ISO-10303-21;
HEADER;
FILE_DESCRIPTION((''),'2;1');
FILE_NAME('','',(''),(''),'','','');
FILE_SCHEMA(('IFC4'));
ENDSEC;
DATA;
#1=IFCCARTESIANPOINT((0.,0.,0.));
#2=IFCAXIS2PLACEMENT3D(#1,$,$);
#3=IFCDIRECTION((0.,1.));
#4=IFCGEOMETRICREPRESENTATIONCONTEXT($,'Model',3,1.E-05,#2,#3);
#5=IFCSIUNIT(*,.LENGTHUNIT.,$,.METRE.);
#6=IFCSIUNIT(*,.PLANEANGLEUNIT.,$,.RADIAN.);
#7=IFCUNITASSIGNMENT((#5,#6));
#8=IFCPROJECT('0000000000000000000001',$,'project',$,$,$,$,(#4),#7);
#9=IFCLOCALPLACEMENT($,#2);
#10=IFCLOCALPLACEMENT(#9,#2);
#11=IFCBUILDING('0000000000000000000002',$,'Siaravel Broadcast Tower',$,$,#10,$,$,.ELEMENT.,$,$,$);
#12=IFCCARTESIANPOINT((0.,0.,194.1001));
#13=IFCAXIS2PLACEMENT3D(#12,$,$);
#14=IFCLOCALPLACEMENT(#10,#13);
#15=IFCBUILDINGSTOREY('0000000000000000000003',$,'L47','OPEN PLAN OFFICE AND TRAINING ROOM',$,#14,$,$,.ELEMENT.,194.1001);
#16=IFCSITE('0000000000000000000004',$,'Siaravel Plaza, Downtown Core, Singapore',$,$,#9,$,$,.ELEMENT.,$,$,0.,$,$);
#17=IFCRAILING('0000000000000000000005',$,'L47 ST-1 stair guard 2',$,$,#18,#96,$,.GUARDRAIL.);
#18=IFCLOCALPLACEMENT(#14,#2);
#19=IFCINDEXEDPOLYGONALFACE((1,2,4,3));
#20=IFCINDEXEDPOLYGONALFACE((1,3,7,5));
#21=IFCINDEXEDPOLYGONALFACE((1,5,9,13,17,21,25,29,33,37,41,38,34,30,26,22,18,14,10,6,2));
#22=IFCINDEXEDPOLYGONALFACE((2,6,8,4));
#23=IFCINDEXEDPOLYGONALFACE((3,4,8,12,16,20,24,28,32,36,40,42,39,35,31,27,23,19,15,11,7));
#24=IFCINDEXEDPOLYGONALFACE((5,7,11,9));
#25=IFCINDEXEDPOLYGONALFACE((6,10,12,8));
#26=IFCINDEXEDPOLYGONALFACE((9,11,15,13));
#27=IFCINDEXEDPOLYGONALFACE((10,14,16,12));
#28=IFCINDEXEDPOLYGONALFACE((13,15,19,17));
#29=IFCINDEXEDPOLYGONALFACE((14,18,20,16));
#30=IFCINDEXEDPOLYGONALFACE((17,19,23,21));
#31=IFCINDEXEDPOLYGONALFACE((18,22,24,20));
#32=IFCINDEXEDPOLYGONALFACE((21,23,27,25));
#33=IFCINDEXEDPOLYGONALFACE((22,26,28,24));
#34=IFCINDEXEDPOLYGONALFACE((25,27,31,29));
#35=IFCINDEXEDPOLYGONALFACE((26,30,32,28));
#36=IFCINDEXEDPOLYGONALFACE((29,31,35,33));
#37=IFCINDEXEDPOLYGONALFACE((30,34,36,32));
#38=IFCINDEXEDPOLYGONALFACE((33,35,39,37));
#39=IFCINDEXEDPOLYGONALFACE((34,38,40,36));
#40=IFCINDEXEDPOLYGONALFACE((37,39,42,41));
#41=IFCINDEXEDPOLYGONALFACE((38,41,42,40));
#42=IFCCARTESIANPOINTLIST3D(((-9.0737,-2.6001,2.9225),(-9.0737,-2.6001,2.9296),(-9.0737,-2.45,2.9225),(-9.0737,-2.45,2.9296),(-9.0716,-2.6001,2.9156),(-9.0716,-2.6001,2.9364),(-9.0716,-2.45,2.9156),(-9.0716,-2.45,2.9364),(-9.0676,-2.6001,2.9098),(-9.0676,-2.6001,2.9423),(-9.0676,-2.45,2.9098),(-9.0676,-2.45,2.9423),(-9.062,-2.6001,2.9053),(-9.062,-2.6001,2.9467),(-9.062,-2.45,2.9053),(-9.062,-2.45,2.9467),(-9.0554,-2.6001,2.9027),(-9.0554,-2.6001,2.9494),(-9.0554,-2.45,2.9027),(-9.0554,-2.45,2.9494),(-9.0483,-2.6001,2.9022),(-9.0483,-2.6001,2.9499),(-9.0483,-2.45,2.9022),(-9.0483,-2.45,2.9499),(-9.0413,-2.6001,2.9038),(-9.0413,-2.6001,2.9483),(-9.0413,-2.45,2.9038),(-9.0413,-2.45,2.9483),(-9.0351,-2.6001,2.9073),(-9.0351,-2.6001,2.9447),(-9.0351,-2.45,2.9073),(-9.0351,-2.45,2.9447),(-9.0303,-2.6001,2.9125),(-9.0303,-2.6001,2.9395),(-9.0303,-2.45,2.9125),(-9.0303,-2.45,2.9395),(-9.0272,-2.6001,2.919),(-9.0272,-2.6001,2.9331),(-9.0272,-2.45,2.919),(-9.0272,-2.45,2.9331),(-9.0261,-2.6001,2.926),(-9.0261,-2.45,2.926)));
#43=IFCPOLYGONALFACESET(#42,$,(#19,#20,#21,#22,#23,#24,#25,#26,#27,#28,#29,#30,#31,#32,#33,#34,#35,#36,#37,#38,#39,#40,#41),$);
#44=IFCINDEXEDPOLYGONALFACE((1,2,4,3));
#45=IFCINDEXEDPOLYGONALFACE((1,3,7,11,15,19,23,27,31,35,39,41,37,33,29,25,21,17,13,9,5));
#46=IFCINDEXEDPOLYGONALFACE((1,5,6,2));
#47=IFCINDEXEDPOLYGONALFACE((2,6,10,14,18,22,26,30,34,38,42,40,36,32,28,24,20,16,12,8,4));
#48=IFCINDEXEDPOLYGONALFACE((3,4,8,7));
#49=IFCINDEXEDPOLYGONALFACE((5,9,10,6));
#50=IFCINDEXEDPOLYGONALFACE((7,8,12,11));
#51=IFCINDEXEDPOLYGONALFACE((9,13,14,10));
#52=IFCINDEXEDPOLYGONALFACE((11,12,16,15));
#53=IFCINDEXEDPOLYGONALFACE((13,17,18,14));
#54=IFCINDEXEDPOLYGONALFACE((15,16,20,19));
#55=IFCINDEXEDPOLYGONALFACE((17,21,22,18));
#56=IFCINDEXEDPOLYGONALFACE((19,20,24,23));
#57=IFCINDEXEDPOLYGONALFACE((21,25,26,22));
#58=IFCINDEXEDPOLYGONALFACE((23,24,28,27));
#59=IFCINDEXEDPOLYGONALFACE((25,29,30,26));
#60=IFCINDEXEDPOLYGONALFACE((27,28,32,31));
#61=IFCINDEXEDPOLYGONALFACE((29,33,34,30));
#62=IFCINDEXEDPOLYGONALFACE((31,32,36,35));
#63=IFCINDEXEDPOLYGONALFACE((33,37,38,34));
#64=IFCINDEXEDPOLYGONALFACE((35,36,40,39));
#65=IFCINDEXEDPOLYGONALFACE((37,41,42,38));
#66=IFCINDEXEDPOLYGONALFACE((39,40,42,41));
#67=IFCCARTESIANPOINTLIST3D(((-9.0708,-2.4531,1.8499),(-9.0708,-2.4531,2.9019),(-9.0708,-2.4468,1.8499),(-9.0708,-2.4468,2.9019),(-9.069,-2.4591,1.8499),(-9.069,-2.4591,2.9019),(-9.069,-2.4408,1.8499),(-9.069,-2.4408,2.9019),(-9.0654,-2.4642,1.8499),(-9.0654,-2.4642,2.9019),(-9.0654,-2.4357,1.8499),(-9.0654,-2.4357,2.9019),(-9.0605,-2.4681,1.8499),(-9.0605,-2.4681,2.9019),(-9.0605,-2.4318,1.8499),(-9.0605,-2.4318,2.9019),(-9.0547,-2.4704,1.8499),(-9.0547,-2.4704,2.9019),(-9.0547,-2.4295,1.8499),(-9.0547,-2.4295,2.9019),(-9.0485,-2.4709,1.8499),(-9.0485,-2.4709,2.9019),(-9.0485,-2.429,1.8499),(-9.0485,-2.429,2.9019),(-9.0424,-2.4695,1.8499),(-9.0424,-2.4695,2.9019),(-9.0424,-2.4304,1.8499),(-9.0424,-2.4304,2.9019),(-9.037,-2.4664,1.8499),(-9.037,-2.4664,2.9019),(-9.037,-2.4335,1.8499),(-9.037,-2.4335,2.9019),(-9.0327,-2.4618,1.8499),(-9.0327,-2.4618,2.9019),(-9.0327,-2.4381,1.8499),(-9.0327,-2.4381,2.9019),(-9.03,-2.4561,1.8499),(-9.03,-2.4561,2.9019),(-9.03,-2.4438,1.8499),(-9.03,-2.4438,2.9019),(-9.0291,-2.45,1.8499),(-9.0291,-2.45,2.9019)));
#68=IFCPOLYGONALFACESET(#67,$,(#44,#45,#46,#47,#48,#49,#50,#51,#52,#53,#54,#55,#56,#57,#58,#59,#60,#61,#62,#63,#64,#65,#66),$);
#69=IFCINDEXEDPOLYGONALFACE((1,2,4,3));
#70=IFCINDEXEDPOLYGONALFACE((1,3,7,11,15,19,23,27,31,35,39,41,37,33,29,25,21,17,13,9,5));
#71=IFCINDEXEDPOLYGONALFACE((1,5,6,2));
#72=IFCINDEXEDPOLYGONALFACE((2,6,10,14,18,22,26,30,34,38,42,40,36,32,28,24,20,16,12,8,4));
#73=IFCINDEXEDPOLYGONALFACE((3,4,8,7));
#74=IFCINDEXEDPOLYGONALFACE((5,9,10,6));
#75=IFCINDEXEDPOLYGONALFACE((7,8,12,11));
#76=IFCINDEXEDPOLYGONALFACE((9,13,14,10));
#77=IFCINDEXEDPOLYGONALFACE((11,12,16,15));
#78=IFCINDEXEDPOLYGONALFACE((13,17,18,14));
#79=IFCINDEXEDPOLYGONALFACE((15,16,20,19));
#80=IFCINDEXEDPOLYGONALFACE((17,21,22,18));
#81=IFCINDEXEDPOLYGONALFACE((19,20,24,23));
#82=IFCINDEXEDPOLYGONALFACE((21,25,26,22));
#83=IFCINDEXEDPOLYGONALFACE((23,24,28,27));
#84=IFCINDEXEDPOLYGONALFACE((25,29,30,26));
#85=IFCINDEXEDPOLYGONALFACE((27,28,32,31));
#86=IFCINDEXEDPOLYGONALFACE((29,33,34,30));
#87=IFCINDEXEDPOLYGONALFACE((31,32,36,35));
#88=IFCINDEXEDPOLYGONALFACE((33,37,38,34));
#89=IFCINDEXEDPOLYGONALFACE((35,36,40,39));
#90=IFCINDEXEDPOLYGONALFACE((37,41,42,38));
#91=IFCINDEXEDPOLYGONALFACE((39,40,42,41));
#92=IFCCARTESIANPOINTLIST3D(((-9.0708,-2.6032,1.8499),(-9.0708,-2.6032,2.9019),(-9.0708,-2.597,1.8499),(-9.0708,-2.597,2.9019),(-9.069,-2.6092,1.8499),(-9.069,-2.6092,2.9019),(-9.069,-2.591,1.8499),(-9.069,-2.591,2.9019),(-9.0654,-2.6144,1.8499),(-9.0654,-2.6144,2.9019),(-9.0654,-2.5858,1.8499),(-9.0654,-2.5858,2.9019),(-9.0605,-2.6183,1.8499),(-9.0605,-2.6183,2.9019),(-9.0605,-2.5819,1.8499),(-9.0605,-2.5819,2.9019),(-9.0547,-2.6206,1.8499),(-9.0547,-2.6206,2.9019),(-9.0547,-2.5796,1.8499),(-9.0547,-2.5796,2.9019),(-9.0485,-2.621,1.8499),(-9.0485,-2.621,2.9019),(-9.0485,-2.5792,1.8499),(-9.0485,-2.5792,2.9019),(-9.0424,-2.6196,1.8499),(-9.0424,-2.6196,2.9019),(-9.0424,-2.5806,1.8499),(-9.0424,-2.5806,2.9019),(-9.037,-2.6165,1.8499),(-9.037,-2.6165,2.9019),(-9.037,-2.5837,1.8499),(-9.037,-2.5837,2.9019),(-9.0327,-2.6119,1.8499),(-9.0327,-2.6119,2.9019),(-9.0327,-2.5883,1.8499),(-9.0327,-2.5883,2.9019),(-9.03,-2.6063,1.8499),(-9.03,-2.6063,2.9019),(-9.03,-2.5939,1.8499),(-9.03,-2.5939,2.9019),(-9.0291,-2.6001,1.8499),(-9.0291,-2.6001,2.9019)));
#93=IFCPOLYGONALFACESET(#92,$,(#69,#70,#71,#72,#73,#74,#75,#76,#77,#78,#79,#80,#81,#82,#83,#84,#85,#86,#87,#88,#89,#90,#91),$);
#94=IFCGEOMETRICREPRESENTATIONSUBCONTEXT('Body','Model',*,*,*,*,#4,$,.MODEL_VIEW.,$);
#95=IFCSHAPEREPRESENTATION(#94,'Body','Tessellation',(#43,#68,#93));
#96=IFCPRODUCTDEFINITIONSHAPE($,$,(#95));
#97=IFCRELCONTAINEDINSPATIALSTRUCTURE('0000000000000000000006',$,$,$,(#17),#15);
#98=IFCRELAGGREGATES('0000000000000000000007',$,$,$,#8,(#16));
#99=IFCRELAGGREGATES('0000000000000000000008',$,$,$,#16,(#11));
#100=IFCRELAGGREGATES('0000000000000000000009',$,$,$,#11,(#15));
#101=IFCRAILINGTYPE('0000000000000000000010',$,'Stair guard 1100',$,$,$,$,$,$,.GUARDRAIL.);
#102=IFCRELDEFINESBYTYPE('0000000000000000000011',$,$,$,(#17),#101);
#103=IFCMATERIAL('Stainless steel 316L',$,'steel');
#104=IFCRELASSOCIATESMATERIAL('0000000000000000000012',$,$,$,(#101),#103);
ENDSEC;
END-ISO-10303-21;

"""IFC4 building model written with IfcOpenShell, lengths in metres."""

from ifc_helpers import new_model, si_unit, direction, frame, origin, origin_2d, place, context, subcontext, project, spatial, circle, extrude, material, type_object, element, save


model = new_model("IFC4")

# Units and contexts
model_context = context("Model", 3, precision=1e-05, world=origin(), true_north=direction((0.0, 1.0)))
body_context = subcontext(model_context, "Body", "Model", "MODEL_VIEW")
ifc_project = project(units=[si_unit("LENGTHUNIT", "METRE"), si_unit("PLANEANGLEUNIT", "RADIAN")], contexts=[model_context])

# Site, building, storey
site_placement = place(None, origin())
site = spatial("IfcSite", under=ifc_project, at=site_placement, Name="Siaravel Plaza, Downtown Core, Singapore", CompositionType="ELEMENT", RefElevation=0.0)
building_placement = place(site_placement, origin())
building = spatial("IfcBuilding", under=site, at=building_placement, Name="Siaravel Broadcast Tower", CompositionType="ELEMENT")
storey_placement = place(building_placement, frame((0.0, 0.0, 194.1001)))
storey = spatial("IfcBuildingStorey", under=building, at=storey_placement, Name="L47", Description="OPEN PLAN OFFICE AND TRAINING ROOM", CompositionType="ELEMENT", Elevation=194.1001)

# Shared definitions
ifc_material_1 = material(Name="Stainless steel 316L", Category="steel")

# Railing
railing_type_1 = type_object("IfcRailingType", Name="Stair guard 1100", PredefinedType="GUARDRAIL", material=ifc_material_1)
railing_1_placement = place(storey_placement, frame((-9.05, -2.45, 1.8499)))
element("IfcRailing", 1, at=railing_1_placement, inside=storey, type_object=railing_type_1, Name="L47 ST-1 stair guard 2", PredefinedType="GUARDRAIL", context=body_context, shape_type="SweptSolid", body=[
    extrude(circle(Radius=0.0239, at=origin_2d()), frame((0.0, 0.0, 1.0762), z_axis=(0.0, -1.0, 0.0), x_axis=(1.0, 0.0, 0.0)), (0.0, 0.0, 1.0), 0.1501),
    extrude(circle(Radius=0.021, at=origin_2d()), origin(), (0.0, 0.0, 1.0), 1.052),
    extrude(circle(Radius=0.021, at=origin_2d()), frame((0.0, -0.1501, 0.0)), (0.0, 0.0, 1.0), 1.052),
])

save(model, "model.ifc")
